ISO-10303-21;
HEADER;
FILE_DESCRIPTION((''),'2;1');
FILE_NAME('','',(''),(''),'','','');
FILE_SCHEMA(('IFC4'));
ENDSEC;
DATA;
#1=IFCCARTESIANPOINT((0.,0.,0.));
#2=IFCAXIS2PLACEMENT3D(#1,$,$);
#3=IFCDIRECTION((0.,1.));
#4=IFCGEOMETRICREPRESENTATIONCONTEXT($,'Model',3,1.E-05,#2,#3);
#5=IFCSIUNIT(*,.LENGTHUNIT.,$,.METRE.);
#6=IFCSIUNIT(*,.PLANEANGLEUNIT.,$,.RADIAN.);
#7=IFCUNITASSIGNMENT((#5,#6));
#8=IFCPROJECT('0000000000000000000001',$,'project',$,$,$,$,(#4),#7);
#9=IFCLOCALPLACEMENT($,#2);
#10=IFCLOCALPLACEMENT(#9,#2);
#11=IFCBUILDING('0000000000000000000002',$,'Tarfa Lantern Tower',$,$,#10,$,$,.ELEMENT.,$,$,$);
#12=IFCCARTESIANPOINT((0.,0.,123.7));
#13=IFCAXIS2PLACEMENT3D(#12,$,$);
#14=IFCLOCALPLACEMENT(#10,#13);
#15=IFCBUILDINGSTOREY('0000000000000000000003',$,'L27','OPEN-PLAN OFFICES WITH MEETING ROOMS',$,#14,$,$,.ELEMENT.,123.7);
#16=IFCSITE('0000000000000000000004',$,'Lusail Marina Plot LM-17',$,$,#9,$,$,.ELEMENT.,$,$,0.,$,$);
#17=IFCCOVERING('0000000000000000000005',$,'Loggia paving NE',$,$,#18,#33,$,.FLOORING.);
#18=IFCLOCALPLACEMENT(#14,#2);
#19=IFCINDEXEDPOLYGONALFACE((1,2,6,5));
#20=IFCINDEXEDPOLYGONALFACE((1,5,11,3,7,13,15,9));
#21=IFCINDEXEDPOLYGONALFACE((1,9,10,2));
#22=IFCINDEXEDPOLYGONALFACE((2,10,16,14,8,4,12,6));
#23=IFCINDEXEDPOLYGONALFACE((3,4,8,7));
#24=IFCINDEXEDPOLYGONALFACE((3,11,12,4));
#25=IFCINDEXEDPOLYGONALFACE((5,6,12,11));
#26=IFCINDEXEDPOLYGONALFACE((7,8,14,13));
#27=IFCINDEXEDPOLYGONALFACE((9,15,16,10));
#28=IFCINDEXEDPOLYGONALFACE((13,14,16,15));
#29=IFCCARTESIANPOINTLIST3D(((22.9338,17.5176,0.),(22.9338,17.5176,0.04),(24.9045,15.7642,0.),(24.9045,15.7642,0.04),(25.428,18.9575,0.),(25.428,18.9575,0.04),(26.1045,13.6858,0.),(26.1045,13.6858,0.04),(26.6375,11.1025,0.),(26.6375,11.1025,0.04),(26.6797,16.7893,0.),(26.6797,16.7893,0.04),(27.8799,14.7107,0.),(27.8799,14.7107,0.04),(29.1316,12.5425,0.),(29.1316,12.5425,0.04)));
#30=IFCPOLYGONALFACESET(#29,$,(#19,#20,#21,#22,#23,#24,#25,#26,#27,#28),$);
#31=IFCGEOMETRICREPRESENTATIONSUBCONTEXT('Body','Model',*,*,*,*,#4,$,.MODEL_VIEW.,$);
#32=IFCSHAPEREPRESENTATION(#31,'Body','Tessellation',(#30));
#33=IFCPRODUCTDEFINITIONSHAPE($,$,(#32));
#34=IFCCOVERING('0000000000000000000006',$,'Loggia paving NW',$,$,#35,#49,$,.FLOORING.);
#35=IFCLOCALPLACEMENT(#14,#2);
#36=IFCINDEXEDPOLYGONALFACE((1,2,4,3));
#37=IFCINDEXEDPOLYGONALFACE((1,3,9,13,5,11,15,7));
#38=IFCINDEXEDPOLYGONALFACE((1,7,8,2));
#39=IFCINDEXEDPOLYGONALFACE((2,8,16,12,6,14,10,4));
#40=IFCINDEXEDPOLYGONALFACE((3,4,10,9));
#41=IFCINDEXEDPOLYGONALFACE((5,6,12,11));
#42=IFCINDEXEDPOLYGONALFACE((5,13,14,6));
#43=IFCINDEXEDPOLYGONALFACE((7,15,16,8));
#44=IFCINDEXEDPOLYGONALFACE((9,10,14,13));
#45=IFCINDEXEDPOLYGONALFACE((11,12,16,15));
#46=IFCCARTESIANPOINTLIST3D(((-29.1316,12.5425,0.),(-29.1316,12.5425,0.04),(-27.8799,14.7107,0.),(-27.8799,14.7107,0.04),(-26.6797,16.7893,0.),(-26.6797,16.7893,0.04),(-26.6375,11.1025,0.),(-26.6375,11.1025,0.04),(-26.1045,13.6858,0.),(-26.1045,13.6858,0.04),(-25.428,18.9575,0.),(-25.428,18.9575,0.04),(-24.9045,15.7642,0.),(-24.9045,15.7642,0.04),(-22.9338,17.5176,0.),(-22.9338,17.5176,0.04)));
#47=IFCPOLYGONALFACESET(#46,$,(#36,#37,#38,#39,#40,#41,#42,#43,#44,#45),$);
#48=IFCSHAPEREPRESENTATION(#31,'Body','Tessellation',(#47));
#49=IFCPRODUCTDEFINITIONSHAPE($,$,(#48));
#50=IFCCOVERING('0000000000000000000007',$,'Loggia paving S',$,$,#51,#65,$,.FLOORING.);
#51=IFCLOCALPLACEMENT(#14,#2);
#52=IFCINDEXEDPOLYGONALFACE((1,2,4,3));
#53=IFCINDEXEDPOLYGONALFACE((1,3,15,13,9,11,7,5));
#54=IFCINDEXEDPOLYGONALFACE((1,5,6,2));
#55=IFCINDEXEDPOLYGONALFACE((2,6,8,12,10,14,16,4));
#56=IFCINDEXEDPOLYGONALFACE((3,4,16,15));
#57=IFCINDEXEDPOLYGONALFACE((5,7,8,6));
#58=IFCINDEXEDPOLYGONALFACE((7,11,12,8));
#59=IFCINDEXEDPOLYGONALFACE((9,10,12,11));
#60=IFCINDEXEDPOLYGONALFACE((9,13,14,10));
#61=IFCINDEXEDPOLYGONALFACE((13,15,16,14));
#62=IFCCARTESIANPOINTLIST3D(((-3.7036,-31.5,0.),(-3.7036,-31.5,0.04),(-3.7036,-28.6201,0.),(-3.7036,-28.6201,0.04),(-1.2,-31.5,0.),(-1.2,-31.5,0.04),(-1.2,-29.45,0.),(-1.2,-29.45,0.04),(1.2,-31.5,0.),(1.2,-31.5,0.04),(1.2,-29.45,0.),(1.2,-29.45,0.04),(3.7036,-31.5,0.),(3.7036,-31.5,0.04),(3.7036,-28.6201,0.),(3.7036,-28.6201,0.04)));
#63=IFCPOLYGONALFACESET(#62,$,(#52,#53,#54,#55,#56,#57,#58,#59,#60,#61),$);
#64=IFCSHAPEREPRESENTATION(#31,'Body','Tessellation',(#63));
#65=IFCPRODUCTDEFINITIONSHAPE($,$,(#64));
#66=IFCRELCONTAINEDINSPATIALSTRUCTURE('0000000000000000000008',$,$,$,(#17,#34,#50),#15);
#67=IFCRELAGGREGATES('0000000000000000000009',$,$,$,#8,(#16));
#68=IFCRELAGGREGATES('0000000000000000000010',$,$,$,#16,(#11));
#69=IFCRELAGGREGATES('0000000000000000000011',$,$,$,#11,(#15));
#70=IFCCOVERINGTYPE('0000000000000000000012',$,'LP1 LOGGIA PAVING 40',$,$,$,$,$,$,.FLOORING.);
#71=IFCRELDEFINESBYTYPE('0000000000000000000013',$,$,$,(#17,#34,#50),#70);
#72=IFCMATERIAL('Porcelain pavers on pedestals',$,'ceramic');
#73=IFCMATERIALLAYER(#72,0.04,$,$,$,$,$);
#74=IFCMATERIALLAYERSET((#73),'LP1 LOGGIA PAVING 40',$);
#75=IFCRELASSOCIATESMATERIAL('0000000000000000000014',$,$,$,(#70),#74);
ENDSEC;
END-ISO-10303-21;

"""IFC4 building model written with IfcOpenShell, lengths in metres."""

from ifc_helpers import new_model, si_unit, direction, frame, origin, place, context, subcontext, project, spatial, polyline, outline, extrude, material, layer, layer_set, type_object, element, save


model = new_model("IFC4")

# Units and contexts
model_context = context("Model", 3, precision=1e-05, world=origin(), true_north=direction((0.0, 1.0)))
body_context = subcontext(model_context, "Body", "Model", "MODEL_VIEW")
ifc_project = project(units=[si_unit("LENGTHUNIT", "METRE"), si_unit("PLANEANGLEUNIT", "RADIAN")], contexts=[model_context])

# Site, building, storey
site_placement = place(None, origin())
site = spatial("IfcSite", under=ifc_project, at=site_placement, Name="Lusail Marina Plot LM-17", CompositionType="ELEMENT", RefElevation=0.0)
building_placement = place(site_placement, origin())
building = spatial("IfcBuilding", under=site, at=building_placement, Name="Tarfa Lantern Tower", CompositionType="ELEMENT")
storey_placement = place(building_placement, frame((0.0, 0.0, 123.7)))
storey = spatial("IfcBuildingStorey", under=building, at=storey_placement, Name="L27", Description="OPEN-PLAN OFFICES WITH MEETING ROOMS", CompositionType="ELEMENT", Elevation=123.7)

# Coverings
ifc_material_1 = material(Name="Porcelain pavers on pedestals", Category="ceramic")
ifc_layer_1 = layer(ifc_material_1, 0.04)
ifc_layer_set_1 = layer_set([ifc_layer_1], Name="LP1 LOGGIA PAVING 40")
covering_type = type_object("IfcCoveringType", Name="LP1 LOGGIA PAVING 40", PredefinedType="FLOORING", material=ifc_layer_set_1)
covering_1_placement = place(storey_placement, origin())
element("IfcCovering", 1, at=covering_1_placement, inside=storey, type_object=covering_type, Name="Loggia paving NE", PredefinedType="FLOORING", context=body_context, shape_type="SweptSolid", body=[
    extrude(outline(polyline([(29.1316, 12.5425), (26.6375, 11.1025), (22.9338, 17.5176), (25.428, 18.9575), (26.6797, 16.7893), (24.9045, 15.7642), (26.1045, 13.6858), (27.8799, 14.7107), (29.1316, 12.5425)])), origin(), (0.0, 0.0, 1.0), 0.04),
])
covering_2_placement = place(storey_placement, origin())
element("IfcCovering", 2, at=covering_2_placement, inside=storey, type_object=covering_type, Name="Loggia paving NW", PredefinedType="FLOORING", context=body_context, shape_type="SweptSolid", body=[
    extrude(outline(polyline([(-25.428, 18.9575), (-22.9338, 17.5176), (-26.6375, 11.1025), (-29.1316, 12.5425), (-27.8799, 14.7107), (-26.1045, 13.6858), (-24.9045, 15.7642), (-26.6797, 16.7893), (-25.428, 18.9575)])), origin(), (0.0, 0.0, 1.0), 0.04),
])
covering_3_placement = place(storey_placement, origin())
element("IfcCovering", 3, at=covering_3_placement, inside=storey, type_object=covering_type, Name="Loggia paving S", PredefinedType="FLOORING", context=body_context, shape_type="SweptSolid", body=[
    extrude(outline(polyline([(-3.7036, -31.5), (-3.7036, -28.6201), (3.7036, -28.6201), (3.7036, -31.5), (1.2, -31.5), (1.2, -29.45), (-1.2, -29.45), (-1.2, -31.5), (-3.7036, -31.5)])), origin(), (0.0, 0.0, 1.0), 0.04),
])

save(model, "model.ifc")
